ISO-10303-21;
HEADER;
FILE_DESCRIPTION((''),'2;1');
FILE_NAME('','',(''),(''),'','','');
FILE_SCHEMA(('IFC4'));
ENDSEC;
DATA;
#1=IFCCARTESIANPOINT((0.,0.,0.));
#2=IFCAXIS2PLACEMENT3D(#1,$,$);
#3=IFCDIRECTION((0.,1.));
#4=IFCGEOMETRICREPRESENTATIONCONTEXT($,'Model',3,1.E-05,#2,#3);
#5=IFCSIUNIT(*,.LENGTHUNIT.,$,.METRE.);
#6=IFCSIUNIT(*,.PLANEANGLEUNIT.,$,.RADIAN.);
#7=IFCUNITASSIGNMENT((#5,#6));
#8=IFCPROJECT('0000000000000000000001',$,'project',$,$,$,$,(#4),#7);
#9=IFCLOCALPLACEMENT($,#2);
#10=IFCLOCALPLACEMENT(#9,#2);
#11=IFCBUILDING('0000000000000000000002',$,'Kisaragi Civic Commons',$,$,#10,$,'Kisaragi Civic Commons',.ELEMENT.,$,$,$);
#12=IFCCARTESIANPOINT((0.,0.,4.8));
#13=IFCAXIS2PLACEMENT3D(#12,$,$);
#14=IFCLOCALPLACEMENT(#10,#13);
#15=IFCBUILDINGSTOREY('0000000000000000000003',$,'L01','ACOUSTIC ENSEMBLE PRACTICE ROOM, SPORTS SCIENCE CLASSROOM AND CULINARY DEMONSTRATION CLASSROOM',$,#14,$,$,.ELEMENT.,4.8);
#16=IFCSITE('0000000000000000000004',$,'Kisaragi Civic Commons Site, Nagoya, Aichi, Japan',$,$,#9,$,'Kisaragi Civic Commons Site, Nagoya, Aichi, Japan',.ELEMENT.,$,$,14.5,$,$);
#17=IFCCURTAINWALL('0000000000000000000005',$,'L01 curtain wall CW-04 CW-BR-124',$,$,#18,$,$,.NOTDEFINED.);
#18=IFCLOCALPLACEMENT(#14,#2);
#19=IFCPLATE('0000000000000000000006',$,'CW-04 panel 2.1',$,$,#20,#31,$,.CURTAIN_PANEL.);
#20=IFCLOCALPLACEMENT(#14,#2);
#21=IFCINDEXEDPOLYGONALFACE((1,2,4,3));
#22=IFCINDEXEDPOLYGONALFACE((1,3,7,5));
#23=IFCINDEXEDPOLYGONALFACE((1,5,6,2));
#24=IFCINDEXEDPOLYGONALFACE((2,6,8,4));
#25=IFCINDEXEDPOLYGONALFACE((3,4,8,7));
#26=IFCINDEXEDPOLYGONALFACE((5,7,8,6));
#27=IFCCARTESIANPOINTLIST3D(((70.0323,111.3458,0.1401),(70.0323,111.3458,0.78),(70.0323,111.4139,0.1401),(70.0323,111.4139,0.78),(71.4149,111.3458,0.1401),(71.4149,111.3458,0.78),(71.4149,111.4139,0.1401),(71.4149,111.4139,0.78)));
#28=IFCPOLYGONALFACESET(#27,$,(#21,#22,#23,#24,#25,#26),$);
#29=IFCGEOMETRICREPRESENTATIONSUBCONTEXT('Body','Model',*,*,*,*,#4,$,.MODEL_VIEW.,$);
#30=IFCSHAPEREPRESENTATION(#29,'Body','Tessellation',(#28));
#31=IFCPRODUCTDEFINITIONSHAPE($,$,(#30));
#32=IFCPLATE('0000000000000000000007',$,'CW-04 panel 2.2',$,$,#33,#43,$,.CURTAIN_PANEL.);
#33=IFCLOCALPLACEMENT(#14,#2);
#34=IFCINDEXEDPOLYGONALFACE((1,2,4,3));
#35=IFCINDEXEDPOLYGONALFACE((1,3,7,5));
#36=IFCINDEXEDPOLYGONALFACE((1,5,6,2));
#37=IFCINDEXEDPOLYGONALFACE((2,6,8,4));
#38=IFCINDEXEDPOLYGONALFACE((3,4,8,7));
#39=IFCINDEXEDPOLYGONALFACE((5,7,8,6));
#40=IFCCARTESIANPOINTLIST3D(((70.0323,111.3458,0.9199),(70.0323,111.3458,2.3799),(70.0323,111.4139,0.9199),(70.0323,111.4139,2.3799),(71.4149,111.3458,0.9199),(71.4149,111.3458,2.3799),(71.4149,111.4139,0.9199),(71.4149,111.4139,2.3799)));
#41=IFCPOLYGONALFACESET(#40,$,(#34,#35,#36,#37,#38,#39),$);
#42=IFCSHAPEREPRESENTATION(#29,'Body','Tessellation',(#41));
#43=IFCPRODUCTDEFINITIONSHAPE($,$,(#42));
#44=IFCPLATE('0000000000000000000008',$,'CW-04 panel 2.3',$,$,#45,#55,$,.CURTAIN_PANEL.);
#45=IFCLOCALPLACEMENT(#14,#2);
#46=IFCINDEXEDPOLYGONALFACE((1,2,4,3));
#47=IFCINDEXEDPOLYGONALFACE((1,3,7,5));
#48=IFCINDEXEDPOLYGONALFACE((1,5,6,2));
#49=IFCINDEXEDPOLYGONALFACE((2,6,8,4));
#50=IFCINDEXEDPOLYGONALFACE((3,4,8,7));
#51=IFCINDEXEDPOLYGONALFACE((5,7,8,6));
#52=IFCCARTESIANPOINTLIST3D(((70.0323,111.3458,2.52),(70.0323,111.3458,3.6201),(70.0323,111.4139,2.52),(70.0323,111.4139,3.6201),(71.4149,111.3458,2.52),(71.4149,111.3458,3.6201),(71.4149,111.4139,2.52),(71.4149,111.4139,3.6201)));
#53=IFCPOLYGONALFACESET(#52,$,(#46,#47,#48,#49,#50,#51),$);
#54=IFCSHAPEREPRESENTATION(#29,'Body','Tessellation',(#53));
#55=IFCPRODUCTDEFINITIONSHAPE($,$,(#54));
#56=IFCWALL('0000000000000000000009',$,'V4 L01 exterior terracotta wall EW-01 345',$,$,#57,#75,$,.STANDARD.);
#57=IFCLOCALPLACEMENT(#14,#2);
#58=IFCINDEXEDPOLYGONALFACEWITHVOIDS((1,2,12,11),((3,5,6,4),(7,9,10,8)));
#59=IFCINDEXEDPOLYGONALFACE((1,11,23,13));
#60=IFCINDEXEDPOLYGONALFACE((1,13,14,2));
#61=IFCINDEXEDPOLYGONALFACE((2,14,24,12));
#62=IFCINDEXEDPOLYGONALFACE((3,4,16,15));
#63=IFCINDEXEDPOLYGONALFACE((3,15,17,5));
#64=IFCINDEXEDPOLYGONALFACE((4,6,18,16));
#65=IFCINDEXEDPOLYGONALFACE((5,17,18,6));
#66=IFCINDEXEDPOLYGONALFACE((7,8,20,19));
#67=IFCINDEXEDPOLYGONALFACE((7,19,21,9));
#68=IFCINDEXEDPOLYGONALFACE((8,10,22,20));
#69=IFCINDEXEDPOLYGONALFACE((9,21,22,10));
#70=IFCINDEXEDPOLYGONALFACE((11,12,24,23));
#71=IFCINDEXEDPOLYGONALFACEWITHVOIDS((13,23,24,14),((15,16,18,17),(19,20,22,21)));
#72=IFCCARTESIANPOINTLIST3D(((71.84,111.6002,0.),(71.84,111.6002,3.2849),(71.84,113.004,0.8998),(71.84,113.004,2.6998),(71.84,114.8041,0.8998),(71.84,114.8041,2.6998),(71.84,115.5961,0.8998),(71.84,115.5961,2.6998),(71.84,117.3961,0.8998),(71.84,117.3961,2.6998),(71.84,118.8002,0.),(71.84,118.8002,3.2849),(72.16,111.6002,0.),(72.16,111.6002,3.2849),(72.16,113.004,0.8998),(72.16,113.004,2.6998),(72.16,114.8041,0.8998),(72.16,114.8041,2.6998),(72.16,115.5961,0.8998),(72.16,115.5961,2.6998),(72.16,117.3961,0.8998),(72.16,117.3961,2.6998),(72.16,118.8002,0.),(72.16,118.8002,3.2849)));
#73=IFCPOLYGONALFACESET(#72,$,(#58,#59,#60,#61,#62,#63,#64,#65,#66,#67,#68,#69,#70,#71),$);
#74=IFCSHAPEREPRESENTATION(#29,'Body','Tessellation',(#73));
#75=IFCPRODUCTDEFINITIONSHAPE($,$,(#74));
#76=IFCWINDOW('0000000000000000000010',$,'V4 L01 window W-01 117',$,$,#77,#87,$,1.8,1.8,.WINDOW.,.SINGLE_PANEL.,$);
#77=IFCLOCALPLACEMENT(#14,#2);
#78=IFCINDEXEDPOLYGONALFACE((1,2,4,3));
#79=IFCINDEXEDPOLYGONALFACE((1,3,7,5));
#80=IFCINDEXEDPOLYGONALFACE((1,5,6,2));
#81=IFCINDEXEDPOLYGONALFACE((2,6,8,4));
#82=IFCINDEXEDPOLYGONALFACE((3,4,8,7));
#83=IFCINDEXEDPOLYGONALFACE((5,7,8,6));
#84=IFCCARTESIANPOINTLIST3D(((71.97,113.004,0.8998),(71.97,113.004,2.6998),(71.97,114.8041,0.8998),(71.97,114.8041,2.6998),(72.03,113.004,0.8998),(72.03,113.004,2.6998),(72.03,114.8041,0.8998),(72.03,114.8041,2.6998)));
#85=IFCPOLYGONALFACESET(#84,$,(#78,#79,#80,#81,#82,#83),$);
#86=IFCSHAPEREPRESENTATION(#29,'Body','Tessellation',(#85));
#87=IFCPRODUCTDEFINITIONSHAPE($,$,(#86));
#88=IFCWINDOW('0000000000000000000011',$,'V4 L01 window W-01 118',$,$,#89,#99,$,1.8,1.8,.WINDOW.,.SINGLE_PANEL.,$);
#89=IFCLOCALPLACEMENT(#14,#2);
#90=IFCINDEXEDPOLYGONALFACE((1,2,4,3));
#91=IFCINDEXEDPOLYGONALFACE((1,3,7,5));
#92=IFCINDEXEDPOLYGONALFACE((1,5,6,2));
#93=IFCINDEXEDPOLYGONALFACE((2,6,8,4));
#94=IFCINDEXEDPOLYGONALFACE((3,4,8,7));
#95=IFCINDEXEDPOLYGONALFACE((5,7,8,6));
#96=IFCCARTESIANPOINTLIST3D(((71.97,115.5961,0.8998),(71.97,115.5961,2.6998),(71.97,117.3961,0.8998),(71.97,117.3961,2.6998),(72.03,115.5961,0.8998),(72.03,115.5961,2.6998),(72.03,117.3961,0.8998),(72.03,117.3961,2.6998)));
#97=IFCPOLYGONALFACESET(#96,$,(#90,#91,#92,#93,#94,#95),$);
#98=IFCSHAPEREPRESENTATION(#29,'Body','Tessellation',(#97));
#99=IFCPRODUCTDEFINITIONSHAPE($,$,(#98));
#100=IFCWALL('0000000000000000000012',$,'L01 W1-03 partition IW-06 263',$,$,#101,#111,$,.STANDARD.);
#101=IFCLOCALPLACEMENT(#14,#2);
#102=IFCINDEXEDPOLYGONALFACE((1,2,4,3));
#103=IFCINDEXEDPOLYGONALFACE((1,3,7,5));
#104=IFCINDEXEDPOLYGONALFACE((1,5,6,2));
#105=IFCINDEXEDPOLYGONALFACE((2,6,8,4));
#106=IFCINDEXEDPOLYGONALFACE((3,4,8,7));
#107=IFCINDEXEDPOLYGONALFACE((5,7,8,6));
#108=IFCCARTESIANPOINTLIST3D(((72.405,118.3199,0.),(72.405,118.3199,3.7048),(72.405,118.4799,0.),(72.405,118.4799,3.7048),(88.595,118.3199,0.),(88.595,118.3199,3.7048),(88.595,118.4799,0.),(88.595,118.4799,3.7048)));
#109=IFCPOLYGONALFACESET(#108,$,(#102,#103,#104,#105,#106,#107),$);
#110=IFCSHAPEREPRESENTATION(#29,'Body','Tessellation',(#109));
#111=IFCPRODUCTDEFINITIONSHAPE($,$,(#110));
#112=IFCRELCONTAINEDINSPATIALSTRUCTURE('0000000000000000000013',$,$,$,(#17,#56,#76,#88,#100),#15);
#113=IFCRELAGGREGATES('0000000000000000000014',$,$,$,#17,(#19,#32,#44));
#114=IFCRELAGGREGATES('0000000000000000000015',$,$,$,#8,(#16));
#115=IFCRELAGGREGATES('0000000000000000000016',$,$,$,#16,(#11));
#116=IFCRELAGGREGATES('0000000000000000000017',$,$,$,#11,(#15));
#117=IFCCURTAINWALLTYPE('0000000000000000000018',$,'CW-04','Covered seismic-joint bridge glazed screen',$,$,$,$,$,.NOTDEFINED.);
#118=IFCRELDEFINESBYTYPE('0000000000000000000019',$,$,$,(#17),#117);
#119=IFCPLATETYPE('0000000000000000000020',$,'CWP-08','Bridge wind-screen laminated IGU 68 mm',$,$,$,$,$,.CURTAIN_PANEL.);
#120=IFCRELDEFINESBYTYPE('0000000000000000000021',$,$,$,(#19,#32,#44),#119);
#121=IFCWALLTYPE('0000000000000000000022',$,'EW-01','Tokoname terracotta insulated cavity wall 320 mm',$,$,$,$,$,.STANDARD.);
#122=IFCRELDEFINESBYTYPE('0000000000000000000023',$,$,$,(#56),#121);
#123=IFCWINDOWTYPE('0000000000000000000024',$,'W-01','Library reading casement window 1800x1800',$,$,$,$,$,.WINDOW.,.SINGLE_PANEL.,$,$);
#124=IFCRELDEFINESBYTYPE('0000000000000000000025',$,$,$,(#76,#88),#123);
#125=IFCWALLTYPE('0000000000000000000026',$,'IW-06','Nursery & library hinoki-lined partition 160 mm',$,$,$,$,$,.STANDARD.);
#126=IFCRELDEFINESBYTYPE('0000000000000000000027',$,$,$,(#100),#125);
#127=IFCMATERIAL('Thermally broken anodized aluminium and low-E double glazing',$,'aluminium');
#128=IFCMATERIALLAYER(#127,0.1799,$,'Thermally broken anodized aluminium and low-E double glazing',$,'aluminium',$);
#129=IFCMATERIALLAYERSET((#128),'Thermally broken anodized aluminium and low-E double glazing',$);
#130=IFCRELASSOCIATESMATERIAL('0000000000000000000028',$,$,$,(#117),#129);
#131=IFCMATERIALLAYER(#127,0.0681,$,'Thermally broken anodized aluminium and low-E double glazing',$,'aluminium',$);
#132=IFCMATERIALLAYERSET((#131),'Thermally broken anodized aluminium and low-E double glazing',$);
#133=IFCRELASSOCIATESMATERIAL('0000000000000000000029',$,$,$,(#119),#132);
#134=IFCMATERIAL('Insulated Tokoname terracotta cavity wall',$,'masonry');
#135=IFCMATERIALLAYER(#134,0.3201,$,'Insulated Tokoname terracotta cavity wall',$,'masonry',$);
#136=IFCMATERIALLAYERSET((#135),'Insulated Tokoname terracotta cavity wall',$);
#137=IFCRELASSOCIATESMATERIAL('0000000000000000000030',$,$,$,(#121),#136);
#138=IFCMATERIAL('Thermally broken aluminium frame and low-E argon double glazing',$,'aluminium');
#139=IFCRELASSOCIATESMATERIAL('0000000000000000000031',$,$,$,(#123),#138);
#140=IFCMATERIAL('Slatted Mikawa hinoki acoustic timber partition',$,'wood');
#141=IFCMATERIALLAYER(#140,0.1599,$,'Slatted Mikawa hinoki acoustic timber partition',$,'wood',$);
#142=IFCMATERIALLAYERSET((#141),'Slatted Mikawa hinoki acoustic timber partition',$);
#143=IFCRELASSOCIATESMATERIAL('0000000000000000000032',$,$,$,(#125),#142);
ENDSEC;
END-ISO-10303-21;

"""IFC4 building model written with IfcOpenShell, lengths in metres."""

from ifc_helpers import new_model, si_unit, direction, frame, frame_2d, origin, origin_2d, place, context, subcontext, project, spatial, rectangle, extrude, material, layer, layer_set, type_object, element, fill, aggregate, save


model = new_model("IFC4")

# Units and contexts
model_context = context("Model", 3, precision=1e-05, world=origin(), true_north=direction((0.0, 1.0)))
body_context = subcontext(model_context, "Body", "Model", "MODEL_VIEW")
ifc_project = project(units=[si_unit("LENGTHUNIT", "METRE"), si_unit("PLANEANGLEUNIT", "RADIAN")], contexts=[model_context])

# Site, building, storey
site_placement = place(None, origin())
site = spatial("IfcSite", under=ifc_project, at=site_placement, Name="Kisaragi Civic Commons Site, Nagoya, Aichi, Japan", LongName="Kisaragi Civic Commons Site, Nagoya, Aichi, Japan", CompositionType="ELEMENT", RefElevation=14.5)
building_placement = place(site_placement, origin())
building = spatial("IfcBuilding", under=site, at=building_placement, Name="Kisaragi Civic Commons", LongName="Kisaragi Civic Commons", CompositionType="ELEMENT")
storey_placement = place(building_placement, frame((0.0, 0.0, 4.8)))
storey = spatial("IfcBuildingStorey", under=building, at=storey_placement, Name="L01", Description="ACOUSTIC ENSEMBLE PRACTICE ROOM, SPORTS SCIENCE CLASSROOM AND CULINARY DEMONSTRATION CLASSROOM", CompositionType="ELEMENT", Elevation=4.8)

# Shared definitions
ifc_material_1 = material(Name="Thermally broken anodized aluminium and low-E double glazing", Category="aluminium")

# Curtain wall
ifc_layer_1 = layer(ifc_material_1, 0.1799, Name="Thermally broken anodized aluminium and low-E double glazing", Category="aluminium")
ifc_layer_set_1 = layer_set([ifc_layer_1], Name="Thermally broken anodized aluminium and low-E double glazing")
curtain_wall_type_1 = type_object("IfcCurtainWallType", Name="CW-04", Description="Covered seismic-joint bridge glazed screen", PredefinedType="NOTDEFINED", material=ifc_layer_set_1)
curtain_wall_1_placement = place(storey_placement, origin())
curtain_wall_1 = element("IfcCurtainWall", 1, at=curtain_wall_1_placement, inside=storey, type_object=curtain_wall_type_1, Name="L01 curtain wall CW-04 CW-BR-124", PredefinedType="NOTDEFINED")

# Plates
ifc_layer_2 = layer(ifc_material_1, 0.0681, Name="Thermally broken anodized aluminium and low-E double glazing", Category="aluminium")
ifc_layer_set_2 = layer_set([ifc_layer_2], Name="Thermally broken anodized aluminium and low-E double glazing")
plate_type = type_object("IfcPlateType", Name="CWP-08", Description="Bridge wind-screen laminated IGU 68 mm", PredefinedType="CURTAIN_PANEL", material=ifc_layer_set_2)
plate_1_placement = place(storey_placement, frame((70.7236, 111.3799, 0.1401), z_axis=(0.0, 0.0, 1.0), x_axis=(1.0, 0.0, 0.0)))
plate_1 = element("IfcPlate", 2, at=plate_1_placement, type_object=plate_type, Name="CW-04 panel 2.1", PredefinedType="CURTAIN_PANEL", context=body_context, shape_type="SweptSolid", body=[
    extrude(rectangle(XDim=1.3826, YDim=0.0681, at=origin_2d()), origin(), (0.0, 0.0, 1.0), 0.6399),
])
plate_2_placement = place(storey_placement, frame((70.7236, 111.3799, 0.9199), z_axis=(0.0, 0.0, 1.0), x_axis=(1.0, 0.0, 0.0)))
plate_2 = element("IfcPlate", 3, at=plate_2_placement, type_object=plate_type, Name="CW-04 panel 2.2", PredefinedType="CURTAIN_PANEL", context=body_context, shape_type="SweptSolid", body=[
    extrude(rectangle(XDim=1.3826, YDim=0.0681, at=origin_2d()), origin(), (0.0, 0.0, 1.0), 1.46),
])
plate_3_placement = place(storey_placement, frame((70.7236, 111.3799, 2.52), z_axis=(0.0, 0.0, 1.0), x_axis=(1.0, 0.0, 0.0)))
plate_3 = element("IfcPlate", 4, at=plate_3_placement, type_object=plate_type, Name="CW-04 panel 2.3", PredefinedType="CURTAIN_PANEL", context=body_context, shape_type="SweptSolid", body=[
    extrude(rectangle(XDim=1.3826, YDim=0.0681, at=origin_2d()), origin(), (0.0, 0.0, 1.0), 1.1001),
])
aggregate(curtain_wall_1, [plate_1, plate_2, plate_3])

# Wall, openings, windows
ifc_material_2 = material(Name="Insulated Tokoname terracotta cavity wall", Category="masonry")
ifc_layer_3 = layer(ifc_material_2, 0.3201, Name="Insulated Tokoname terracotta cavity wall", Category="masonry")
ifc_layer_set_3 = layer_set([ifc_layer_3], Name="Insulated Tokoname terracotta cavity wall")
wall_type_1 = type_object("IfcWallType", Name="EW-01", Description="Tokoname terracotta insulated cavity wall 320 mm", PredefinedType="STANDARD", material=ifc_layer_set_3)
wall_1_placement = place(storey_placement, frame((72.0, 111.6001, 0.0), z_axis=(0.0, 0.0, 1.0), x_axis=(0.0, 1.0, 0.0)))
wall_1 = element("IfcWall", 5, at=wall_1_placement, inside=storey, type_object=wall_type_1, Name="V4 L01 exterior terracotta wall EW-01 345", PredefinedType="STANDARD", context=body_context, shape_type="SweptSolid", body=[
    extrude(rectangle(XDim=7.2, YDim=0.3201, at=frame_2d((3.6001, 0.0))), origin(), (0.0, 0.0, 1.0), 3.2849),
])
opening_1_placement = place(wall_1_placement, frame((1.4041, 0.0, 0.8999)))
opening_1 = element("IfcOpeningElement", 6, at=opening_1_placement, cuts=wall_1, PredefinedType="OPENING", context=body_context, shape_type="SweptSolid", body=[
    extrude(rectangle(XDim=1.8, YDim=1.8, at=frame_2d((0.8999, 0.8999))), frame((0.0, 0.1699, 0.0), z_axis=(0.0, -1.0, 0.0), x_axis=(1.0, 0.0, 0.0)), (0.0, 0.0, 1.0), 0.3401),
])
opening_2_placement = place(wall_1_placement, frame((3.9961, 0.0, 0.8999)))
opening_2 = element("IfcOpeningElement", 7, at=opening_2_placement, cuts=wall_1, PredefinedType="OPENING", context=body_context, shape_type="SweptSolid", body=[
    extrude(rectangle(XDim=1.8, YDim=1.8, at=frame_2d((0.8999, 0.8999))), frame((0.0, 0.1699, 0.0), z_axis=(0.0, -1.0, 0.0), x_axis=(1.0, 0.0, 0.0)), (0.0, 0.0, 1.0), 0.3401),
])
ifc_material_3 = material(Name="Thermally broken aluminium frame and low-E argon double glazing", Category="aluminium")
window_type = type_object("IfcWindowType", Name="W-01", Description="Library reading casement window 1800x1800", PartitioningType="SINGLE_PANEL", PredefinedType="WINDOW", material=ifc_material_3)
window_1_placement = place(opening_1_placement, origin())
window_1 = element("IfcWindow", 8, at=window_1_placement, inside=storey, type_object=window_type, Name="V4 L01 window W-01 117", OverallHeight=1.8, OverallWidth=1.8, PartitioningType="SINGLE_PANEL", PredefinedType="WINDOW", context=body_context, shape_type="SweptSolid", body=[
    extrude(rectangle(XDim=1.8, YDim=1.8, at=frame_2d((0.8999, 0.8999))), frame((0.0, 0.03, 0.0), z_axis=(0.0, -1.0, 0.0), x_axis=(1.0, 0.0, 0.0)), (0.0, 0.0, 1.0), 0.0601),
])
fill(opening_1, window_1)
window_2_placement = place(opening_2_placement, origin())
window_2 = element("IfcWindow", 9, at=window_2_placement, inside=storey, type_object=window_type, Name="V4 L01 window W-01 118", OverallHeight=1.8, OverallWidth=1.8, PartitioningType="SINGLE_PANEL", PredefinedType="WINDOW", context=body_context, shape_type="SweptSolid", body=[
    extrude(rectangle(XDim=1.8, YDim=1.8, at=frame_2d((0.8999, 0.8999))), frame((0.0, 0.03, 0.0), z_axis=(0.0, -1.0, 0.0), x_axis=(1.0, 0.0, 0.0)), (0.0, 0.0, 1.0), 0.0601),
])
fill(opening_2, window_2)

# Wall
ifc_material_4 = material(Name="Slatted Mikawa hinoki acoustic timber partition", Category="wood")
ifc_layer_4 = layer(ifc_material_4, 0.1599, Name="Slatted Mikawa hinoki acoustic timber partition", Category="wood")
ifc_layer_set_4 = layer_set([ifc_layer_4], Name="Slatted Mikawa hinoki acoustic timber partition")
wall_type_2 = type_object("IfcWallType", Name="IW-06", Description="Nursery & library hinoki-lined partition 160 mm", PredefinedType="STANDARD", material=ifc_layer_set_4)
wall_2_placement = place(storey_placement, frame((72.405, 118.3999, 0.0), z_axis=(0.0, 0.0, 1.0), x_axis=(1.0, 0.0, 0.0)))
element("IfcWall", 10, at=wall_2_placement, inside=storey, type_object=wall_type_2, Name="L01 W1-03 partition IW-06 263", PredefinedType="STANDARD", context=body_context, shape_type="SweptSolid", body=[
    extrude(rectangle(XDim=16.1899, YDim=0.1599, at=frame_2d((8.095, 0.0))), origin(), (0.0, 0.0, 1.0), 3.7048),
])

save(model, "model.ifc")
